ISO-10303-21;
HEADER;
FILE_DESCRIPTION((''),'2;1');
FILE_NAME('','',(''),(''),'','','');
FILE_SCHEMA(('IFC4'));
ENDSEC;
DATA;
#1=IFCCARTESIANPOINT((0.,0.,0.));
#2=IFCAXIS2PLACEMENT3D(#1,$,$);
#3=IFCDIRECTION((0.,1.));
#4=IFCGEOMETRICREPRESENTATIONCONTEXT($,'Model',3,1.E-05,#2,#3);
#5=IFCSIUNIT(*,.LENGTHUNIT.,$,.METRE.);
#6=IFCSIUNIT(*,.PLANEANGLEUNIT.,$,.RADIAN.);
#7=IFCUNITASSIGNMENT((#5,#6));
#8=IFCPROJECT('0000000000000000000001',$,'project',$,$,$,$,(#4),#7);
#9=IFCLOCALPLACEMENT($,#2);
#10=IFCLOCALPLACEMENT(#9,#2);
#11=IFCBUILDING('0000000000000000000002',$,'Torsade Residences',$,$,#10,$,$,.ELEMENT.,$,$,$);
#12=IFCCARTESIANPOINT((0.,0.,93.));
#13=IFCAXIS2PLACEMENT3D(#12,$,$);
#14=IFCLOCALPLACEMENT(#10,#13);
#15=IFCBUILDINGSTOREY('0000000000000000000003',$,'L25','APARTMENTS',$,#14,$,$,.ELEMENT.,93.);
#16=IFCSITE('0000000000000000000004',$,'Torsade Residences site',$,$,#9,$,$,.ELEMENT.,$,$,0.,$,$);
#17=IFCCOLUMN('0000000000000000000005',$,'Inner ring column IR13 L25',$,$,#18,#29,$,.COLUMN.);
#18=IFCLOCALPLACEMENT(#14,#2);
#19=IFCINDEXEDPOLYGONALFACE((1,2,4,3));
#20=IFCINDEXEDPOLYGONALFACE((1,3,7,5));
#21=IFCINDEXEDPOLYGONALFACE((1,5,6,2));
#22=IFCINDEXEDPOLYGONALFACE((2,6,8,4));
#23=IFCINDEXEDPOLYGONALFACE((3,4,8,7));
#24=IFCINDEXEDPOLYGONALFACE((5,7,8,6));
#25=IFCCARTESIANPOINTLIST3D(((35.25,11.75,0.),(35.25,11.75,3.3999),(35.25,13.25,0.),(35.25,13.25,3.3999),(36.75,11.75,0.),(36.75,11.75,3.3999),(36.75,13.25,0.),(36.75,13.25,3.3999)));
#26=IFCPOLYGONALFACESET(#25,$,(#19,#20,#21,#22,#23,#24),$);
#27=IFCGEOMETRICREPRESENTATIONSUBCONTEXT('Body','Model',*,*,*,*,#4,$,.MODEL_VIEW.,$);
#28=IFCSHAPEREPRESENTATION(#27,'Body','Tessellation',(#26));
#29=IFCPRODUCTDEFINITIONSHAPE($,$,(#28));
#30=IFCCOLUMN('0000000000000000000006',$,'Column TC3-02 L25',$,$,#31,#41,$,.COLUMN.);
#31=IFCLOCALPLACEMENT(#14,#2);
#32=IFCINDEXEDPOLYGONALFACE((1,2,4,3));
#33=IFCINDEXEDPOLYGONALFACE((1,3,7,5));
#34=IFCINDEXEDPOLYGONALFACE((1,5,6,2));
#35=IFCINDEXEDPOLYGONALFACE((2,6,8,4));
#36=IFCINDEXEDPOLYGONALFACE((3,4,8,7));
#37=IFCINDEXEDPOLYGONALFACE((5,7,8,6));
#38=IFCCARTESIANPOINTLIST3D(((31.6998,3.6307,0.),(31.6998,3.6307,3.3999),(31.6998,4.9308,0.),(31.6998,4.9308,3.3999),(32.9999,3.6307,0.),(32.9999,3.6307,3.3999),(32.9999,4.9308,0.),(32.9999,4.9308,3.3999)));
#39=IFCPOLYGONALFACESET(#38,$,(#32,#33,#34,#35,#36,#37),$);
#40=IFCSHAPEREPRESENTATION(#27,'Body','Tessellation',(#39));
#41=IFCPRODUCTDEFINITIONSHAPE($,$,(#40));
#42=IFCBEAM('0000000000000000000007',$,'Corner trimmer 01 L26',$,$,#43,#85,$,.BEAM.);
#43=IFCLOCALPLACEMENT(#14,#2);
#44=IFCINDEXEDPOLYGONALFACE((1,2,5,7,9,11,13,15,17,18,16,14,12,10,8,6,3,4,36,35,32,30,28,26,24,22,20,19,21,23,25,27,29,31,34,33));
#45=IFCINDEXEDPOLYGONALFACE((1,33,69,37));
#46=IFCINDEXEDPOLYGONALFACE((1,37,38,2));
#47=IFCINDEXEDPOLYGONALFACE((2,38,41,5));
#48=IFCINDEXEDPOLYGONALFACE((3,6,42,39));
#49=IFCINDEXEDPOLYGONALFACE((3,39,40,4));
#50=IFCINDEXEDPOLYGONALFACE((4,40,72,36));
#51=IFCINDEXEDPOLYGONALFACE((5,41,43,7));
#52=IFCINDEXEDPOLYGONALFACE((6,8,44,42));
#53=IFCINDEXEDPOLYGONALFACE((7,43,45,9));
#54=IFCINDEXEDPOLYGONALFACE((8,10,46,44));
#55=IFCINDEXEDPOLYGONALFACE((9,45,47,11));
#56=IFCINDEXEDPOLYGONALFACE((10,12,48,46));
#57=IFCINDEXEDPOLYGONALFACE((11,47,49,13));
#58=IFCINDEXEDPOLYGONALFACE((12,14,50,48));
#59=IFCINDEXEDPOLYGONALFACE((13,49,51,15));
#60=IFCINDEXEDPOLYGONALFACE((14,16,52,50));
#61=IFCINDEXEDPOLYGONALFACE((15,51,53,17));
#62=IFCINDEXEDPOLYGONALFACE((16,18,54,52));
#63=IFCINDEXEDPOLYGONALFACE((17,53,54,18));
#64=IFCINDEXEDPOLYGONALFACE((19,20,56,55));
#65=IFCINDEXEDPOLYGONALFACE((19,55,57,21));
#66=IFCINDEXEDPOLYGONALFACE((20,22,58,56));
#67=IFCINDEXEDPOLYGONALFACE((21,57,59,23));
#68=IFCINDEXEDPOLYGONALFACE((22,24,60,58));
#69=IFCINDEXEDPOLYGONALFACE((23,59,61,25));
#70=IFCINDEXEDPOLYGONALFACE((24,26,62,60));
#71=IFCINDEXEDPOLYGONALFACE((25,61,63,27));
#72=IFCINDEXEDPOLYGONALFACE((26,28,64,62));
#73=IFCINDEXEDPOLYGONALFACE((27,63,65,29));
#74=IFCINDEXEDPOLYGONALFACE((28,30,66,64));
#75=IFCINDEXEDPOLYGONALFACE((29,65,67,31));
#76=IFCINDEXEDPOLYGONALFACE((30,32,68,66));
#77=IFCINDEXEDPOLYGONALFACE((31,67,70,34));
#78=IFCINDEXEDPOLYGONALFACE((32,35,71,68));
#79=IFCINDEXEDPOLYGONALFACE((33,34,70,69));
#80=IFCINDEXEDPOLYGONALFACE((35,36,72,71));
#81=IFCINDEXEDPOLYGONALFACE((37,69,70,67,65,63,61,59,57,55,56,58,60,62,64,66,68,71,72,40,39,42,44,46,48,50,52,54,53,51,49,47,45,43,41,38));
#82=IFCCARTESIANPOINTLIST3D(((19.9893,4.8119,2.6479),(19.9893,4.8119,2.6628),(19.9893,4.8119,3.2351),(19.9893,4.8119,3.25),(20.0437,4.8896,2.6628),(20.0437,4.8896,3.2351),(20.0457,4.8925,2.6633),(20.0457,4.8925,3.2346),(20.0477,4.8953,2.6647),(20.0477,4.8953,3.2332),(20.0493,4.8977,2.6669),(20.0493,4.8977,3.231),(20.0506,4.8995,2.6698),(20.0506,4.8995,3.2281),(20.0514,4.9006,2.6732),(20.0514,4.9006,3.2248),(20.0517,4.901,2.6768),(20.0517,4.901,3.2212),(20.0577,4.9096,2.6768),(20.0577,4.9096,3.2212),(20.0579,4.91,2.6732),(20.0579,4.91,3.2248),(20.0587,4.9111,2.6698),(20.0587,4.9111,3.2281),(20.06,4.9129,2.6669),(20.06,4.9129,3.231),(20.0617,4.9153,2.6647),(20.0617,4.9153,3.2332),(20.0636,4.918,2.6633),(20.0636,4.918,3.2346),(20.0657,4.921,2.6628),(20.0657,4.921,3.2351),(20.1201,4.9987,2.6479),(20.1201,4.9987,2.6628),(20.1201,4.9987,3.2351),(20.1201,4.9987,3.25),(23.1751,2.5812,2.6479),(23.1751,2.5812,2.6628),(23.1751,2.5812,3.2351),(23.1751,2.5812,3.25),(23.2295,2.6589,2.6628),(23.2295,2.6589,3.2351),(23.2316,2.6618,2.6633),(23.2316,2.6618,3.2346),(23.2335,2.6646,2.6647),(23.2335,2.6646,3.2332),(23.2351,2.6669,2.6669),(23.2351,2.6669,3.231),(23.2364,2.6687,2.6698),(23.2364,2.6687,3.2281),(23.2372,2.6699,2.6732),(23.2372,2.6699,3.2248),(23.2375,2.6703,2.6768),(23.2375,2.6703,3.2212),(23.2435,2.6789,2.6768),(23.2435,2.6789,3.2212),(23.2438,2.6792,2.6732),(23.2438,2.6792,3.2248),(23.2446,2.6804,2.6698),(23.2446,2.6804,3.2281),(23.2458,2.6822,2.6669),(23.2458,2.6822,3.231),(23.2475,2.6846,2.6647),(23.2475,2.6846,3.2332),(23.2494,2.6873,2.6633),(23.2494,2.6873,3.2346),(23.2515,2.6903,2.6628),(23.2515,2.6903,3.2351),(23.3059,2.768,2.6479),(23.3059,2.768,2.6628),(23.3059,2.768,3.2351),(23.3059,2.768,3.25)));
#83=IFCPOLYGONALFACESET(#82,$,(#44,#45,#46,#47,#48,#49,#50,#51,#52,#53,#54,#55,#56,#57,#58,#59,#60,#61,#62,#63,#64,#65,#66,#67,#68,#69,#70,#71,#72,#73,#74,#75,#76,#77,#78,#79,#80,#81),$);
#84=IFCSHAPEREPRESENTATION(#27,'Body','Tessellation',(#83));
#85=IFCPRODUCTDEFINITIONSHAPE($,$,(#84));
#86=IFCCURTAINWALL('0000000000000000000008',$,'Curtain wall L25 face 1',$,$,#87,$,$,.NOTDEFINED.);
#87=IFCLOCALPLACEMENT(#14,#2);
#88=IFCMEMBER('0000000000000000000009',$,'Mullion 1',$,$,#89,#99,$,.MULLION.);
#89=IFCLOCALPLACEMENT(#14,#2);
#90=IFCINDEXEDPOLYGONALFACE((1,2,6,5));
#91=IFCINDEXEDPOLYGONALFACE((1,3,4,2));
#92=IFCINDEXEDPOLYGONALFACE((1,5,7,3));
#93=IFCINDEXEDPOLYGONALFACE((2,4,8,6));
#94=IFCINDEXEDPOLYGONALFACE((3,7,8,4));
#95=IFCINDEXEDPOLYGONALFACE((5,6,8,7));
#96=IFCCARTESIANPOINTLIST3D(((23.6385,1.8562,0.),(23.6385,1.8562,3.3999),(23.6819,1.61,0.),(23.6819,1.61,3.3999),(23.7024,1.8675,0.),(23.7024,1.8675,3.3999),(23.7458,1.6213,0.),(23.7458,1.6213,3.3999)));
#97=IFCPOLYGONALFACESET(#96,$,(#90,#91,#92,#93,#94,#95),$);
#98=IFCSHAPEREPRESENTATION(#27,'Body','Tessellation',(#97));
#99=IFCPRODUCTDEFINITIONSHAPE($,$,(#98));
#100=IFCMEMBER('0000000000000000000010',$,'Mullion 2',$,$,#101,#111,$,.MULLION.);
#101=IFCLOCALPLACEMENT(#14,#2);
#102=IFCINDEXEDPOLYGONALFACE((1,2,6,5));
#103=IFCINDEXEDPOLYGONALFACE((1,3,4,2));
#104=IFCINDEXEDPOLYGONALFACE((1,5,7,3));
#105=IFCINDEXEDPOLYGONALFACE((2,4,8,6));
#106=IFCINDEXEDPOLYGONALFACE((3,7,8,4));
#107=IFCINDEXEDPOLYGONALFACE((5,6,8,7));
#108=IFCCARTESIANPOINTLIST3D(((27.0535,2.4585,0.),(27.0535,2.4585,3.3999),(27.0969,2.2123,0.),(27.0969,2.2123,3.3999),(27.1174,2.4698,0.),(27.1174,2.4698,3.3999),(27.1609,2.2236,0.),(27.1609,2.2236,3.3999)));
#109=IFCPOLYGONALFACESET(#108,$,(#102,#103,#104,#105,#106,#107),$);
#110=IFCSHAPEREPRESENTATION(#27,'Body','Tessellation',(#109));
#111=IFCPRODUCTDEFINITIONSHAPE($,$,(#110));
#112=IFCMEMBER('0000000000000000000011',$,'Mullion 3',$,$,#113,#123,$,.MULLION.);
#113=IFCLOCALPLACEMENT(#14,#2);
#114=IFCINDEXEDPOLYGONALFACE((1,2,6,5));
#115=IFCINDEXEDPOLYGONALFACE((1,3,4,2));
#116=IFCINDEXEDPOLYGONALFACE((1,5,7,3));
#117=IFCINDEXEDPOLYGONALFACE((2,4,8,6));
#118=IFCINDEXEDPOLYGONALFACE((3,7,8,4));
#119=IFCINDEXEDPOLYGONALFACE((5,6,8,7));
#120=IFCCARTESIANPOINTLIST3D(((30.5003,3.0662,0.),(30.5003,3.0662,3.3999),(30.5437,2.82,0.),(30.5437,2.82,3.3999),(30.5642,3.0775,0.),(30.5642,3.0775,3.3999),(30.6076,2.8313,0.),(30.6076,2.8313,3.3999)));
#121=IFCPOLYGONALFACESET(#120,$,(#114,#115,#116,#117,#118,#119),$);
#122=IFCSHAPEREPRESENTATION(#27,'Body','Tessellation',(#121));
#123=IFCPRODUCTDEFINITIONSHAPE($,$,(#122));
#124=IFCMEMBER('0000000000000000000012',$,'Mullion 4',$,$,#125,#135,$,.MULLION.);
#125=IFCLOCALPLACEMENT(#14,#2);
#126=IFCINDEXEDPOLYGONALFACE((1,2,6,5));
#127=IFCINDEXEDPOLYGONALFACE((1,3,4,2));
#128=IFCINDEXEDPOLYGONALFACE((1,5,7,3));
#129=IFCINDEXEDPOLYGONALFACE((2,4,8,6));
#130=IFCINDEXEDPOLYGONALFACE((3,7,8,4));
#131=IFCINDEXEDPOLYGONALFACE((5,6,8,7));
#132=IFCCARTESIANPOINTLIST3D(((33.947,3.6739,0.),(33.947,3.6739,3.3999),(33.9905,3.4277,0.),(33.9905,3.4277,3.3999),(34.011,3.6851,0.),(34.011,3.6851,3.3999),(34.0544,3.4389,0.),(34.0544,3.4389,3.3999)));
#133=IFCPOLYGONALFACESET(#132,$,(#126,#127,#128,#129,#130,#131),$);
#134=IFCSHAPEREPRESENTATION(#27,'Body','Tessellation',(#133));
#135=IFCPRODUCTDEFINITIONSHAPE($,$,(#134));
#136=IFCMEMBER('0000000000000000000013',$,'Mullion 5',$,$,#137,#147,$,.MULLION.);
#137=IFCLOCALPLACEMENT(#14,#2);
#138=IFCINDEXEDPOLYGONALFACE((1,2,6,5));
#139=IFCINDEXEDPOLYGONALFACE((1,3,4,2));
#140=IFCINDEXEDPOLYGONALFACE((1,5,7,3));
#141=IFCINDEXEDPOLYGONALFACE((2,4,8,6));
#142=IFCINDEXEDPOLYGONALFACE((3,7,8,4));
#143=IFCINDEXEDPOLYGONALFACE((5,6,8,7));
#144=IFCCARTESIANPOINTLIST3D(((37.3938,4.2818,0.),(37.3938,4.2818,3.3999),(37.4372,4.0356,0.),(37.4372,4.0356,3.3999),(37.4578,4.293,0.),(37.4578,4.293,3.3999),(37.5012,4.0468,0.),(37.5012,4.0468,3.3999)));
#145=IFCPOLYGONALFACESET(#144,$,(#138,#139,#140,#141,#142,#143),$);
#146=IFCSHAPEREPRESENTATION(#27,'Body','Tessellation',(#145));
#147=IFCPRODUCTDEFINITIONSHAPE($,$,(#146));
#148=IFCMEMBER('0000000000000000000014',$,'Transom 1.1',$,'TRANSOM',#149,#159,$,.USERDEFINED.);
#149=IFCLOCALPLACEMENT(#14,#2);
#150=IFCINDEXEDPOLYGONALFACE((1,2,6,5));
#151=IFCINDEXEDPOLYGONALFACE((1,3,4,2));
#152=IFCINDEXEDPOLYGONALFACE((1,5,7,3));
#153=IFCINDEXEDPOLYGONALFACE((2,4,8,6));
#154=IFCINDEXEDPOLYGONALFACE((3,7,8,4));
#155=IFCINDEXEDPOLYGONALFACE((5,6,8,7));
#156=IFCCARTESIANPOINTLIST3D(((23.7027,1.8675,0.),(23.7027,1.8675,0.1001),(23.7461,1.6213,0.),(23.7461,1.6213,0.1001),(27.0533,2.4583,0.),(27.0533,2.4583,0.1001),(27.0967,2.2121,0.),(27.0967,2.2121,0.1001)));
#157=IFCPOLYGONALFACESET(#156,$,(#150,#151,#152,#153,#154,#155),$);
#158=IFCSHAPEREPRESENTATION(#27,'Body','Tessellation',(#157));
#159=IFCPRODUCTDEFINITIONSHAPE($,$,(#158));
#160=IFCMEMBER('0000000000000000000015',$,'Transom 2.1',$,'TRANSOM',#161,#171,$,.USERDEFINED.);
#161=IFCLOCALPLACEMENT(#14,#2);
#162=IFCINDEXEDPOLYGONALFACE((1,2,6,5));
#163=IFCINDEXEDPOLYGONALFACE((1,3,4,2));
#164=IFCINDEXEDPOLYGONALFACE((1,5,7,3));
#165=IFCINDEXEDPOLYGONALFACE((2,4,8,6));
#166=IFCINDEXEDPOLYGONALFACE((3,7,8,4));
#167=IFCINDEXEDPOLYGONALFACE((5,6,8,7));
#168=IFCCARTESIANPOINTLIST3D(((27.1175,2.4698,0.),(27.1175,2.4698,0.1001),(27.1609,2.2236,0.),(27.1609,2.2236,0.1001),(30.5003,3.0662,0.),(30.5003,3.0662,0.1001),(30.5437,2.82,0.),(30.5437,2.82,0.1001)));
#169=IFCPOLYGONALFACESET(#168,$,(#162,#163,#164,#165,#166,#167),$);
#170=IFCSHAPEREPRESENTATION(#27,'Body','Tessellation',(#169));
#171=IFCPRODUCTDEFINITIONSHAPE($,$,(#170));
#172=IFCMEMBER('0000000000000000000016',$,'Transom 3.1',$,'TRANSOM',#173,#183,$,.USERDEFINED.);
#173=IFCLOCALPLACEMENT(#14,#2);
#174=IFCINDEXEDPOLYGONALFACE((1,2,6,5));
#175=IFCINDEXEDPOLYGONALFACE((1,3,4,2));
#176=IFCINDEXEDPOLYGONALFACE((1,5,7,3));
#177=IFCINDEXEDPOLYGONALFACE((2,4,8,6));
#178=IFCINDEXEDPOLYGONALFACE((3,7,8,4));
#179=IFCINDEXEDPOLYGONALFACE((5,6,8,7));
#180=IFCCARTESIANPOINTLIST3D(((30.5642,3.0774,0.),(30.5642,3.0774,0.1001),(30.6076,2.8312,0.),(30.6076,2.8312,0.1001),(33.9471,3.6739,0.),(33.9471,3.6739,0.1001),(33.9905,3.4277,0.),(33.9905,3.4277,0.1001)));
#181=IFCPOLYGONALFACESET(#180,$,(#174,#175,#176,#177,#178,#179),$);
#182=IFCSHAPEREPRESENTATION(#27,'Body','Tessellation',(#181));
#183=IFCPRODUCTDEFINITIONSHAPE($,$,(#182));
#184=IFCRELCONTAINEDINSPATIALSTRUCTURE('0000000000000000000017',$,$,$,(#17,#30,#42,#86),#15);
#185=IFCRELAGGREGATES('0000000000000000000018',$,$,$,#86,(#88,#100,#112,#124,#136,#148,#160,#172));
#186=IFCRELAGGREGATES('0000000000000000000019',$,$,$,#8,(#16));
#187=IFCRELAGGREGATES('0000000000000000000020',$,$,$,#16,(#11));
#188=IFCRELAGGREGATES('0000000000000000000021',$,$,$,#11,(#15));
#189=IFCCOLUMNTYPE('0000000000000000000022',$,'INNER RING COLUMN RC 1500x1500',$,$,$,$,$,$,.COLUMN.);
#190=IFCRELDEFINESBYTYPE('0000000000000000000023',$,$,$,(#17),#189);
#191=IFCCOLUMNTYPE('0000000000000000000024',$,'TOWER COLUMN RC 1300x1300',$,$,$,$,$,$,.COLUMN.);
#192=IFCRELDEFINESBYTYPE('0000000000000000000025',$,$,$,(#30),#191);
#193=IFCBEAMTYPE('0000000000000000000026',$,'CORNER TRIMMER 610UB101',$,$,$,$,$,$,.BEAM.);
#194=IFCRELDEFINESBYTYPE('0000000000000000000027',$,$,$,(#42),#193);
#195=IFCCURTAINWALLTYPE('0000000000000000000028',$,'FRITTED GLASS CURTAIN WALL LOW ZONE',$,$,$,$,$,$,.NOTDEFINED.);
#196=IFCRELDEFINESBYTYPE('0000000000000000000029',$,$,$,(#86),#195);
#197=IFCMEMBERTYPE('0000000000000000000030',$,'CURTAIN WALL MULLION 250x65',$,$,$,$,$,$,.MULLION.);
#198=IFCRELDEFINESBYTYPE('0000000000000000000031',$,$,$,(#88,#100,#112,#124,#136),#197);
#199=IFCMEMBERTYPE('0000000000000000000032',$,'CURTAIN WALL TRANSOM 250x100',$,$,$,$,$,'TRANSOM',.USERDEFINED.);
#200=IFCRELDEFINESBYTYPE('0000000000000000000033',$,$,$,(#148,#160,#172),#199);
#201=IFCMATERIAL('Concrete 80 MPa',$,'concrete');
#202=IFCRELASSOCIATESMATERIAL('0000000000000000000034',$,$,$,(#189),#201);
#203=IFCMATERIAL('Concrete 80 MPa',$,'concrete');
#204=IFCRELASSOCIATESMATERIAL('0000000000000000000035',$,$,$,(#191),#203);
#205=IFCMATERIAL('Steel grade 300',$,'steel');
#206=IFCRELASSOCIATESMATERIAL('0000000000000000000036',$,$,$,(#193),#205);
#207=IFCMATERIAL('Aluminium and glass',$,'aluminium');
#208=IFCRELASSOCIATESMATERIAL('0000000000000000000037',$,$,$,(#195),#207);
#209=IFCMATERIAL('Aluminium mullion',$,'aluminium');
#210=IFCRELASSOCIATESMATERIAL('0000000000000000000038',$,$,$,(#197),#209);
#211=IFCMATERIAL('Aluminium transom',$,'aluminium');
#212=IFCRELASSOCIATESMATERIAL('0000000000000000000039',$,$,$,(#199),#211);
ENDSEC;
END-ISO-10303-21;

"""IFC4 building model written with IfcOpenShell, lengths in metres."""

from ifc_helpers import new_model, si_unit, direction, frame, origin, origin_2d, place, context, subcontext, project, spatial, rectangle, i_section, extrude, material, material_profile, profile_set, type_object, element, aggregate, save


model = new_model("IFC4")

# Units and contexts
model_context = context("Model", 3, precision=1e-05, world=origin(), true_north=direction((0.0, 1.0)))
body_context = subcontext(model_context, "Body", "Model", "MODEL_VIEW")
ifc_project = project(units=[si_unit("LENGTHUNIT", "METRE"), si_unit("PLANEANGLEUNIT", "RADIAN")], contexts=[model_context])

# Site, building, storey
site_placement = place(None, origin())
site = spatial("IfcSite", under=ifc_project, at=site_placement, Name="Torsade Residences site", CompositionType="ELEMENT", RefElevation=0.0)
building_placement = place(site_placement, origin())
building = spatial("IfcBuilding", under=site, at=building_placement, Name="Torsade Residences", CompositionType="ELEMENT")
storey_placement = place(building_placement, frame((0.0, 0.0, 93.0)))
storey = spatial("IfcBuildingStorey", under=building, at=storey_placement, Name="L25", Description="APARTMENTS", CompositionType="ELEMENT", Elevation=93.0)

# Columns
ifc_material_1 = material(Name="Concrete 80 MPa", Category="concrete")
ifc_material_profile_1 = material_profile(ifc_material_1, rectangle(XDim=1.5, YDim=1.5, at=origin_2d()), Name="RC 1500x1500")
ifc_profile_set_1 = profile_set([ifc_material_profile_1], Name="Concrete 80 MPa")
column_type_1 = type_object("IfcColumnType", Name="INNER RING COLUMN RC 1500x1500", PredefinedType="COLUMN", material=ifc_profile_set_1)
column_1_placement = place(storey_placement, frame((36.0, 12.5, 0.0), z_axis=(0.0, 0.0, 1.0), x_axis=(1.0, 0.0, 0.0)))
element("IfcColumn", 1, at=column_1_placement, inside=storey, type_object=column_type_1, Name="Inner ring column IR13 L25", PredefinedType="COLUMN", context=body_context, shape_type="SweptSolid", body=[
    extrude(rectangle(XDim=1.5, YDim=1.5, at=origin_2d()), origin(), (0.0, 0.0, 1.0), 3.3999),
])
ifc_material_2 = material(Name="Concrete 80 MPa", Category="concrete")
ifc_material_profile_2 = material_profile(ifc_material_2, rectangle(XDim=1.3, YDim=1.3, at=origin_2d()), Name="RC 1300x1300")
ifc_profile_set_2 = profile_set([ifc_material_profile_2], Name="Concrete 80 MPa")
column_type_2 = type_object("IfcColumnType", Name="TOWER COLUMN RC 1300x1300", PredefinedType="COLUMN", material=ifc_profile_set_2)
column_2_placement = place(storey_placement, frame((32.3499, 4.2808, 0.0), z_axis=(0.0, 0.0, 1.0), x_axis=(1.0, 0.0, 0.0)))
element("IfcColumn", 2, at=column_2_placement, inside=storey, type_object=column_type_2, Name="Column TC3-02 L25", PredefinedType="COLUMN", context=body_context, shape_type="SweptSolid", body=[
    extrude(rectangle(XDim=1.3, YDim=1.3, at=origin_2d()), origin(), (0.0, 0.0, 1.0), 3.3999),
])

# Beam
ifc_material_3 = material(Name="Steel grade 300", Category="steel")
ifc_material_profile_3 = material_profile(ifc_material_3, i_section(OverallWidth=0.228, OverallDepth=0.6021, WebThickness=0.0105, FlangeThickness=0.0149, FilletRadius=0.0139, at=origin_2d()), Name="610UB101")
ifc_profile_set_3 = profile_set([ifc_material_profile_3], Name="Steel grade 300")
beam_type_1 = type_object("IfcBeamType", Name="CORNER TRIMMER 610UB101", PredefinedType="BEAM", material=ifc_profile_set_3)
beam_1_placement = place(storey_placement, frame((23.2405, 2.6746, 2.949), z_axis=(-0.819152, 0.573576, 0.0), x_axis=(-0.573576, -0.819152, 0.0)))
element("IfcBeam", 3, at=beam_1_placement, inside=storey, type_object=beam_type_1, Name="Corner trimmer 01 L26", PredefinedType="BEAM", context=body_context, shape_type="SweptSolid", body=[
    extrude(i_section(OverallWidth=0.228, OverallDepth=0.6021, WebThickness=0.0105, FlangeThickness=0.0149, FilletRadius=0.0139, at=origin_2d()), origin(), (0.0, 0.0, 1.0), 3.8892),
])

# Curtain wall, members
ifc_material_4 = material(Name="Aluminium and glass", Category="aluminium")
curtain_wall_type = type_object("IfcCurtainWallType", Name="FRITTED GLASS CURTAIN WALL LOW ZONE", PredefinedType="NOTDEFINED", material=ifc_material_4)
curtain_wall_placement = place(storey_placement, origin())
curtain_wall = element("IfcCurtainWall", 4, at=curtain_wall_placement, inside=storey, type_object=curtain_wall_type, Name="Curtain wall L25 face 1", PredefinedType="NOTDEFINED")
ifc_material_5 = material(Name="Aluminium mullion", Category="aluminium")
ifc_material_profile_4 = material_profile(ifc_material_5, rectangle(XDim=0.25, YDim=0.0649, at=origin_2d()), Name="CURTAIN WALL MULLION 250x65")
ifc_profile_set_4 = profile_set([ifc_material_profile_4], Name="Aluminium mullion")
member_type_1 = type_object("IfcMemberType", Name="CURTAIN WALL MULLION 250x65", PredefinedType="MULLION", material=ifc_profile_set_4)
member_1_placement = place(storey_placement, frame((23.6921, 1.7388, 0.0), z_axis=(0.0, 0.0, 1.0), x_axis=(-0.173648, 0.984808, 0.0)))
member_1 = element("IfcMember", 5, at=member_1_placement, type_object=member_type_1, Name="Mullion 1", PredefinedType="MULLION", context=body_context, shape_type="SweptSolid", body=[
    extrude(rectangle(XDim=0.25, YDim=0.0649, at=origin_2d()), origin(), (0.0, 0.0, 1.0), 3.3999),
])
member_2_placement = place(storey_placement, frame((27.1072, 2.3411, 0.0), z_axis=(0.0, 0.0, 1.0), x_axis=(-0.173648, 0.984808, 0.0)))
member_2 = element("IfcMember", 6, at=member_2_placement, type_object=member_type_1, Name="Mullion 2", PredefinedType="MULLION", context=body_context, shape_type="SweptSolid", body=[
    extrude(rectangle(XDim=0.25, YDim=0.0649, at=origin_2d()), origin(), (0.0, 0.0, 1.0), 3.3999),
])
member_3_placement = place(storey_placement, frame((30.554, 2.9487, 0.0), z_axis=(0.0, 0.0, 1.0), x_axis=(-0.173648, 0.984808, 0.0)))
member_3 = element("IfcMember", 7, at=member_3_placement, type_object=member_type_1, Name="Mullion 3", PredefinedType="MULLION", context=body_context, shape_type="SweptSolid", body=[
    extrude(rectangle(XDim=0.25, YDim=0.0649, at=origin_2d()), origin(), (0.0, 0.0, 1.0), 3.3999),
])
member_4_placement = place(storey_placement, frame((34.0007, 3.5564, 0.0), z_axis=(0.0, 0.0, 1.0), x_axis=(-0.173648, 0.984808, 0.0)))
member_4 = element("IfcMember", 8, at=member_4_placement, type_object=member_type_1, Name="Mullion 4", PredefinedType="MULLION", context=body_context, shape_type="SweptSolid", body=[
    extrude(rectangle(XDim=0.25, YDim=0.0649, at=origin_2d()), origin(), (0.0, 0.0, 1.0), 3.3999),
])
member_5_placement = place(storey_placement, frame((37.4475, 4.1643, 0.0), z_axis=(0.0, 0.0, 1.0), x_axis=(-0.173648, 0.984808, 0.0)))
member_5 = element("IfcMember", 9, at=member_5_placement, type_object=member_type_1, Name="Mullion 5", PredefinedType="MULLION", context=body_context, shape_type="SweptSolid", body=[
    extrude(rectangle(XDim=0.25, YDim=0.0649, at=origin_2d()), origin(), (0.0, 0.0, 1.0), 3.3999),
])
ifc_material_6 = material(Name="Aluminium transom", Category="aluminium")
ifc_material_profile_5 = material_profile(ifc_material_6, rectangle(XDim=0.25, YDim=0.1001, at=origin_2d()), Name="CURTAIN WALL TRANSOM 250x100")
ifc_profile_set_5 = profile_set([ifc_material_profile_5], Name="Aluminium transom")
member_type_2 = type_object("IfcMemberType", Name="CURTAIN WALL TRANSOM 250x100", ElementType="TRANSOM", PredefinedType="USERDEFINED", material=ifc_profile_set_5)
member_6_placement = place(storey_placement, frame((23.7244, 1.7444, 0.05), z_axis=(0.984807, 0.173654, 0.0), x_axis=(-0.173654, 0.984807, 0.0)))
member_6 = element("IfcMember", 10, at=member_6_placement, type_object=member_type_2, Name="Transom 1.1", ObjectType="TRANSOM", PredefinedType="USERDEFINED", context=body_context, shape_type="SweptSolid", body=[
    extrude(rectangle(XDim=0.25, YDim=0.1001, at=origin_2d()), origin(), (0.0, 0.0, 1.0), 3.4023),
])
member_7_placement = place(storey_placement, frame((27.1392, 2.3467, 0.05), z_axis=(0.98481, 0.173635, 0.0), x_axis=(-0.173635, 0.98481, 0.0)))
member_7 = element("IfcMember", 11, at=member_7_placement, type_object=member_type_2, Name="Transom 2.1", ObjectType="TRANSOM", PredefinedType="USERDEFINED", context=body_context, shape_type="SweptSolid", body=[
    extrude(rectangle(XDim=0.25, YDim=0.1001, at=origin_2d()), origin(), (0.0, 0.0, 1.0), 3.4351),
])
member_8_placement = place(storey_placement, frame((30.5859, 2.9543, 0.05), z_axis=(0.98481, 0.173635, 0.0), x_axis=(-0.173635, 0.98481, 0.0)))
member_8 = element("IfcMember", 12, at=member_8_placement, type_object=member_type_2, Name="Transom 3.1", ObjectType="TRANSOM", PredefinedType="USERDEFINED", context=body_context, shape_type="SweptSolid", body=[
    extrude(rectangle(XDim=0.25, YDim=0.1001, at=origin_2d()), origin(), (0.0, 0.0, 1.0), 3.4351),
])

aggregate(curtain_wall, [member_1, member_2, member_3, member_4, member_5, member_6, member_7, member_8])

save(model, "model.ifc")
